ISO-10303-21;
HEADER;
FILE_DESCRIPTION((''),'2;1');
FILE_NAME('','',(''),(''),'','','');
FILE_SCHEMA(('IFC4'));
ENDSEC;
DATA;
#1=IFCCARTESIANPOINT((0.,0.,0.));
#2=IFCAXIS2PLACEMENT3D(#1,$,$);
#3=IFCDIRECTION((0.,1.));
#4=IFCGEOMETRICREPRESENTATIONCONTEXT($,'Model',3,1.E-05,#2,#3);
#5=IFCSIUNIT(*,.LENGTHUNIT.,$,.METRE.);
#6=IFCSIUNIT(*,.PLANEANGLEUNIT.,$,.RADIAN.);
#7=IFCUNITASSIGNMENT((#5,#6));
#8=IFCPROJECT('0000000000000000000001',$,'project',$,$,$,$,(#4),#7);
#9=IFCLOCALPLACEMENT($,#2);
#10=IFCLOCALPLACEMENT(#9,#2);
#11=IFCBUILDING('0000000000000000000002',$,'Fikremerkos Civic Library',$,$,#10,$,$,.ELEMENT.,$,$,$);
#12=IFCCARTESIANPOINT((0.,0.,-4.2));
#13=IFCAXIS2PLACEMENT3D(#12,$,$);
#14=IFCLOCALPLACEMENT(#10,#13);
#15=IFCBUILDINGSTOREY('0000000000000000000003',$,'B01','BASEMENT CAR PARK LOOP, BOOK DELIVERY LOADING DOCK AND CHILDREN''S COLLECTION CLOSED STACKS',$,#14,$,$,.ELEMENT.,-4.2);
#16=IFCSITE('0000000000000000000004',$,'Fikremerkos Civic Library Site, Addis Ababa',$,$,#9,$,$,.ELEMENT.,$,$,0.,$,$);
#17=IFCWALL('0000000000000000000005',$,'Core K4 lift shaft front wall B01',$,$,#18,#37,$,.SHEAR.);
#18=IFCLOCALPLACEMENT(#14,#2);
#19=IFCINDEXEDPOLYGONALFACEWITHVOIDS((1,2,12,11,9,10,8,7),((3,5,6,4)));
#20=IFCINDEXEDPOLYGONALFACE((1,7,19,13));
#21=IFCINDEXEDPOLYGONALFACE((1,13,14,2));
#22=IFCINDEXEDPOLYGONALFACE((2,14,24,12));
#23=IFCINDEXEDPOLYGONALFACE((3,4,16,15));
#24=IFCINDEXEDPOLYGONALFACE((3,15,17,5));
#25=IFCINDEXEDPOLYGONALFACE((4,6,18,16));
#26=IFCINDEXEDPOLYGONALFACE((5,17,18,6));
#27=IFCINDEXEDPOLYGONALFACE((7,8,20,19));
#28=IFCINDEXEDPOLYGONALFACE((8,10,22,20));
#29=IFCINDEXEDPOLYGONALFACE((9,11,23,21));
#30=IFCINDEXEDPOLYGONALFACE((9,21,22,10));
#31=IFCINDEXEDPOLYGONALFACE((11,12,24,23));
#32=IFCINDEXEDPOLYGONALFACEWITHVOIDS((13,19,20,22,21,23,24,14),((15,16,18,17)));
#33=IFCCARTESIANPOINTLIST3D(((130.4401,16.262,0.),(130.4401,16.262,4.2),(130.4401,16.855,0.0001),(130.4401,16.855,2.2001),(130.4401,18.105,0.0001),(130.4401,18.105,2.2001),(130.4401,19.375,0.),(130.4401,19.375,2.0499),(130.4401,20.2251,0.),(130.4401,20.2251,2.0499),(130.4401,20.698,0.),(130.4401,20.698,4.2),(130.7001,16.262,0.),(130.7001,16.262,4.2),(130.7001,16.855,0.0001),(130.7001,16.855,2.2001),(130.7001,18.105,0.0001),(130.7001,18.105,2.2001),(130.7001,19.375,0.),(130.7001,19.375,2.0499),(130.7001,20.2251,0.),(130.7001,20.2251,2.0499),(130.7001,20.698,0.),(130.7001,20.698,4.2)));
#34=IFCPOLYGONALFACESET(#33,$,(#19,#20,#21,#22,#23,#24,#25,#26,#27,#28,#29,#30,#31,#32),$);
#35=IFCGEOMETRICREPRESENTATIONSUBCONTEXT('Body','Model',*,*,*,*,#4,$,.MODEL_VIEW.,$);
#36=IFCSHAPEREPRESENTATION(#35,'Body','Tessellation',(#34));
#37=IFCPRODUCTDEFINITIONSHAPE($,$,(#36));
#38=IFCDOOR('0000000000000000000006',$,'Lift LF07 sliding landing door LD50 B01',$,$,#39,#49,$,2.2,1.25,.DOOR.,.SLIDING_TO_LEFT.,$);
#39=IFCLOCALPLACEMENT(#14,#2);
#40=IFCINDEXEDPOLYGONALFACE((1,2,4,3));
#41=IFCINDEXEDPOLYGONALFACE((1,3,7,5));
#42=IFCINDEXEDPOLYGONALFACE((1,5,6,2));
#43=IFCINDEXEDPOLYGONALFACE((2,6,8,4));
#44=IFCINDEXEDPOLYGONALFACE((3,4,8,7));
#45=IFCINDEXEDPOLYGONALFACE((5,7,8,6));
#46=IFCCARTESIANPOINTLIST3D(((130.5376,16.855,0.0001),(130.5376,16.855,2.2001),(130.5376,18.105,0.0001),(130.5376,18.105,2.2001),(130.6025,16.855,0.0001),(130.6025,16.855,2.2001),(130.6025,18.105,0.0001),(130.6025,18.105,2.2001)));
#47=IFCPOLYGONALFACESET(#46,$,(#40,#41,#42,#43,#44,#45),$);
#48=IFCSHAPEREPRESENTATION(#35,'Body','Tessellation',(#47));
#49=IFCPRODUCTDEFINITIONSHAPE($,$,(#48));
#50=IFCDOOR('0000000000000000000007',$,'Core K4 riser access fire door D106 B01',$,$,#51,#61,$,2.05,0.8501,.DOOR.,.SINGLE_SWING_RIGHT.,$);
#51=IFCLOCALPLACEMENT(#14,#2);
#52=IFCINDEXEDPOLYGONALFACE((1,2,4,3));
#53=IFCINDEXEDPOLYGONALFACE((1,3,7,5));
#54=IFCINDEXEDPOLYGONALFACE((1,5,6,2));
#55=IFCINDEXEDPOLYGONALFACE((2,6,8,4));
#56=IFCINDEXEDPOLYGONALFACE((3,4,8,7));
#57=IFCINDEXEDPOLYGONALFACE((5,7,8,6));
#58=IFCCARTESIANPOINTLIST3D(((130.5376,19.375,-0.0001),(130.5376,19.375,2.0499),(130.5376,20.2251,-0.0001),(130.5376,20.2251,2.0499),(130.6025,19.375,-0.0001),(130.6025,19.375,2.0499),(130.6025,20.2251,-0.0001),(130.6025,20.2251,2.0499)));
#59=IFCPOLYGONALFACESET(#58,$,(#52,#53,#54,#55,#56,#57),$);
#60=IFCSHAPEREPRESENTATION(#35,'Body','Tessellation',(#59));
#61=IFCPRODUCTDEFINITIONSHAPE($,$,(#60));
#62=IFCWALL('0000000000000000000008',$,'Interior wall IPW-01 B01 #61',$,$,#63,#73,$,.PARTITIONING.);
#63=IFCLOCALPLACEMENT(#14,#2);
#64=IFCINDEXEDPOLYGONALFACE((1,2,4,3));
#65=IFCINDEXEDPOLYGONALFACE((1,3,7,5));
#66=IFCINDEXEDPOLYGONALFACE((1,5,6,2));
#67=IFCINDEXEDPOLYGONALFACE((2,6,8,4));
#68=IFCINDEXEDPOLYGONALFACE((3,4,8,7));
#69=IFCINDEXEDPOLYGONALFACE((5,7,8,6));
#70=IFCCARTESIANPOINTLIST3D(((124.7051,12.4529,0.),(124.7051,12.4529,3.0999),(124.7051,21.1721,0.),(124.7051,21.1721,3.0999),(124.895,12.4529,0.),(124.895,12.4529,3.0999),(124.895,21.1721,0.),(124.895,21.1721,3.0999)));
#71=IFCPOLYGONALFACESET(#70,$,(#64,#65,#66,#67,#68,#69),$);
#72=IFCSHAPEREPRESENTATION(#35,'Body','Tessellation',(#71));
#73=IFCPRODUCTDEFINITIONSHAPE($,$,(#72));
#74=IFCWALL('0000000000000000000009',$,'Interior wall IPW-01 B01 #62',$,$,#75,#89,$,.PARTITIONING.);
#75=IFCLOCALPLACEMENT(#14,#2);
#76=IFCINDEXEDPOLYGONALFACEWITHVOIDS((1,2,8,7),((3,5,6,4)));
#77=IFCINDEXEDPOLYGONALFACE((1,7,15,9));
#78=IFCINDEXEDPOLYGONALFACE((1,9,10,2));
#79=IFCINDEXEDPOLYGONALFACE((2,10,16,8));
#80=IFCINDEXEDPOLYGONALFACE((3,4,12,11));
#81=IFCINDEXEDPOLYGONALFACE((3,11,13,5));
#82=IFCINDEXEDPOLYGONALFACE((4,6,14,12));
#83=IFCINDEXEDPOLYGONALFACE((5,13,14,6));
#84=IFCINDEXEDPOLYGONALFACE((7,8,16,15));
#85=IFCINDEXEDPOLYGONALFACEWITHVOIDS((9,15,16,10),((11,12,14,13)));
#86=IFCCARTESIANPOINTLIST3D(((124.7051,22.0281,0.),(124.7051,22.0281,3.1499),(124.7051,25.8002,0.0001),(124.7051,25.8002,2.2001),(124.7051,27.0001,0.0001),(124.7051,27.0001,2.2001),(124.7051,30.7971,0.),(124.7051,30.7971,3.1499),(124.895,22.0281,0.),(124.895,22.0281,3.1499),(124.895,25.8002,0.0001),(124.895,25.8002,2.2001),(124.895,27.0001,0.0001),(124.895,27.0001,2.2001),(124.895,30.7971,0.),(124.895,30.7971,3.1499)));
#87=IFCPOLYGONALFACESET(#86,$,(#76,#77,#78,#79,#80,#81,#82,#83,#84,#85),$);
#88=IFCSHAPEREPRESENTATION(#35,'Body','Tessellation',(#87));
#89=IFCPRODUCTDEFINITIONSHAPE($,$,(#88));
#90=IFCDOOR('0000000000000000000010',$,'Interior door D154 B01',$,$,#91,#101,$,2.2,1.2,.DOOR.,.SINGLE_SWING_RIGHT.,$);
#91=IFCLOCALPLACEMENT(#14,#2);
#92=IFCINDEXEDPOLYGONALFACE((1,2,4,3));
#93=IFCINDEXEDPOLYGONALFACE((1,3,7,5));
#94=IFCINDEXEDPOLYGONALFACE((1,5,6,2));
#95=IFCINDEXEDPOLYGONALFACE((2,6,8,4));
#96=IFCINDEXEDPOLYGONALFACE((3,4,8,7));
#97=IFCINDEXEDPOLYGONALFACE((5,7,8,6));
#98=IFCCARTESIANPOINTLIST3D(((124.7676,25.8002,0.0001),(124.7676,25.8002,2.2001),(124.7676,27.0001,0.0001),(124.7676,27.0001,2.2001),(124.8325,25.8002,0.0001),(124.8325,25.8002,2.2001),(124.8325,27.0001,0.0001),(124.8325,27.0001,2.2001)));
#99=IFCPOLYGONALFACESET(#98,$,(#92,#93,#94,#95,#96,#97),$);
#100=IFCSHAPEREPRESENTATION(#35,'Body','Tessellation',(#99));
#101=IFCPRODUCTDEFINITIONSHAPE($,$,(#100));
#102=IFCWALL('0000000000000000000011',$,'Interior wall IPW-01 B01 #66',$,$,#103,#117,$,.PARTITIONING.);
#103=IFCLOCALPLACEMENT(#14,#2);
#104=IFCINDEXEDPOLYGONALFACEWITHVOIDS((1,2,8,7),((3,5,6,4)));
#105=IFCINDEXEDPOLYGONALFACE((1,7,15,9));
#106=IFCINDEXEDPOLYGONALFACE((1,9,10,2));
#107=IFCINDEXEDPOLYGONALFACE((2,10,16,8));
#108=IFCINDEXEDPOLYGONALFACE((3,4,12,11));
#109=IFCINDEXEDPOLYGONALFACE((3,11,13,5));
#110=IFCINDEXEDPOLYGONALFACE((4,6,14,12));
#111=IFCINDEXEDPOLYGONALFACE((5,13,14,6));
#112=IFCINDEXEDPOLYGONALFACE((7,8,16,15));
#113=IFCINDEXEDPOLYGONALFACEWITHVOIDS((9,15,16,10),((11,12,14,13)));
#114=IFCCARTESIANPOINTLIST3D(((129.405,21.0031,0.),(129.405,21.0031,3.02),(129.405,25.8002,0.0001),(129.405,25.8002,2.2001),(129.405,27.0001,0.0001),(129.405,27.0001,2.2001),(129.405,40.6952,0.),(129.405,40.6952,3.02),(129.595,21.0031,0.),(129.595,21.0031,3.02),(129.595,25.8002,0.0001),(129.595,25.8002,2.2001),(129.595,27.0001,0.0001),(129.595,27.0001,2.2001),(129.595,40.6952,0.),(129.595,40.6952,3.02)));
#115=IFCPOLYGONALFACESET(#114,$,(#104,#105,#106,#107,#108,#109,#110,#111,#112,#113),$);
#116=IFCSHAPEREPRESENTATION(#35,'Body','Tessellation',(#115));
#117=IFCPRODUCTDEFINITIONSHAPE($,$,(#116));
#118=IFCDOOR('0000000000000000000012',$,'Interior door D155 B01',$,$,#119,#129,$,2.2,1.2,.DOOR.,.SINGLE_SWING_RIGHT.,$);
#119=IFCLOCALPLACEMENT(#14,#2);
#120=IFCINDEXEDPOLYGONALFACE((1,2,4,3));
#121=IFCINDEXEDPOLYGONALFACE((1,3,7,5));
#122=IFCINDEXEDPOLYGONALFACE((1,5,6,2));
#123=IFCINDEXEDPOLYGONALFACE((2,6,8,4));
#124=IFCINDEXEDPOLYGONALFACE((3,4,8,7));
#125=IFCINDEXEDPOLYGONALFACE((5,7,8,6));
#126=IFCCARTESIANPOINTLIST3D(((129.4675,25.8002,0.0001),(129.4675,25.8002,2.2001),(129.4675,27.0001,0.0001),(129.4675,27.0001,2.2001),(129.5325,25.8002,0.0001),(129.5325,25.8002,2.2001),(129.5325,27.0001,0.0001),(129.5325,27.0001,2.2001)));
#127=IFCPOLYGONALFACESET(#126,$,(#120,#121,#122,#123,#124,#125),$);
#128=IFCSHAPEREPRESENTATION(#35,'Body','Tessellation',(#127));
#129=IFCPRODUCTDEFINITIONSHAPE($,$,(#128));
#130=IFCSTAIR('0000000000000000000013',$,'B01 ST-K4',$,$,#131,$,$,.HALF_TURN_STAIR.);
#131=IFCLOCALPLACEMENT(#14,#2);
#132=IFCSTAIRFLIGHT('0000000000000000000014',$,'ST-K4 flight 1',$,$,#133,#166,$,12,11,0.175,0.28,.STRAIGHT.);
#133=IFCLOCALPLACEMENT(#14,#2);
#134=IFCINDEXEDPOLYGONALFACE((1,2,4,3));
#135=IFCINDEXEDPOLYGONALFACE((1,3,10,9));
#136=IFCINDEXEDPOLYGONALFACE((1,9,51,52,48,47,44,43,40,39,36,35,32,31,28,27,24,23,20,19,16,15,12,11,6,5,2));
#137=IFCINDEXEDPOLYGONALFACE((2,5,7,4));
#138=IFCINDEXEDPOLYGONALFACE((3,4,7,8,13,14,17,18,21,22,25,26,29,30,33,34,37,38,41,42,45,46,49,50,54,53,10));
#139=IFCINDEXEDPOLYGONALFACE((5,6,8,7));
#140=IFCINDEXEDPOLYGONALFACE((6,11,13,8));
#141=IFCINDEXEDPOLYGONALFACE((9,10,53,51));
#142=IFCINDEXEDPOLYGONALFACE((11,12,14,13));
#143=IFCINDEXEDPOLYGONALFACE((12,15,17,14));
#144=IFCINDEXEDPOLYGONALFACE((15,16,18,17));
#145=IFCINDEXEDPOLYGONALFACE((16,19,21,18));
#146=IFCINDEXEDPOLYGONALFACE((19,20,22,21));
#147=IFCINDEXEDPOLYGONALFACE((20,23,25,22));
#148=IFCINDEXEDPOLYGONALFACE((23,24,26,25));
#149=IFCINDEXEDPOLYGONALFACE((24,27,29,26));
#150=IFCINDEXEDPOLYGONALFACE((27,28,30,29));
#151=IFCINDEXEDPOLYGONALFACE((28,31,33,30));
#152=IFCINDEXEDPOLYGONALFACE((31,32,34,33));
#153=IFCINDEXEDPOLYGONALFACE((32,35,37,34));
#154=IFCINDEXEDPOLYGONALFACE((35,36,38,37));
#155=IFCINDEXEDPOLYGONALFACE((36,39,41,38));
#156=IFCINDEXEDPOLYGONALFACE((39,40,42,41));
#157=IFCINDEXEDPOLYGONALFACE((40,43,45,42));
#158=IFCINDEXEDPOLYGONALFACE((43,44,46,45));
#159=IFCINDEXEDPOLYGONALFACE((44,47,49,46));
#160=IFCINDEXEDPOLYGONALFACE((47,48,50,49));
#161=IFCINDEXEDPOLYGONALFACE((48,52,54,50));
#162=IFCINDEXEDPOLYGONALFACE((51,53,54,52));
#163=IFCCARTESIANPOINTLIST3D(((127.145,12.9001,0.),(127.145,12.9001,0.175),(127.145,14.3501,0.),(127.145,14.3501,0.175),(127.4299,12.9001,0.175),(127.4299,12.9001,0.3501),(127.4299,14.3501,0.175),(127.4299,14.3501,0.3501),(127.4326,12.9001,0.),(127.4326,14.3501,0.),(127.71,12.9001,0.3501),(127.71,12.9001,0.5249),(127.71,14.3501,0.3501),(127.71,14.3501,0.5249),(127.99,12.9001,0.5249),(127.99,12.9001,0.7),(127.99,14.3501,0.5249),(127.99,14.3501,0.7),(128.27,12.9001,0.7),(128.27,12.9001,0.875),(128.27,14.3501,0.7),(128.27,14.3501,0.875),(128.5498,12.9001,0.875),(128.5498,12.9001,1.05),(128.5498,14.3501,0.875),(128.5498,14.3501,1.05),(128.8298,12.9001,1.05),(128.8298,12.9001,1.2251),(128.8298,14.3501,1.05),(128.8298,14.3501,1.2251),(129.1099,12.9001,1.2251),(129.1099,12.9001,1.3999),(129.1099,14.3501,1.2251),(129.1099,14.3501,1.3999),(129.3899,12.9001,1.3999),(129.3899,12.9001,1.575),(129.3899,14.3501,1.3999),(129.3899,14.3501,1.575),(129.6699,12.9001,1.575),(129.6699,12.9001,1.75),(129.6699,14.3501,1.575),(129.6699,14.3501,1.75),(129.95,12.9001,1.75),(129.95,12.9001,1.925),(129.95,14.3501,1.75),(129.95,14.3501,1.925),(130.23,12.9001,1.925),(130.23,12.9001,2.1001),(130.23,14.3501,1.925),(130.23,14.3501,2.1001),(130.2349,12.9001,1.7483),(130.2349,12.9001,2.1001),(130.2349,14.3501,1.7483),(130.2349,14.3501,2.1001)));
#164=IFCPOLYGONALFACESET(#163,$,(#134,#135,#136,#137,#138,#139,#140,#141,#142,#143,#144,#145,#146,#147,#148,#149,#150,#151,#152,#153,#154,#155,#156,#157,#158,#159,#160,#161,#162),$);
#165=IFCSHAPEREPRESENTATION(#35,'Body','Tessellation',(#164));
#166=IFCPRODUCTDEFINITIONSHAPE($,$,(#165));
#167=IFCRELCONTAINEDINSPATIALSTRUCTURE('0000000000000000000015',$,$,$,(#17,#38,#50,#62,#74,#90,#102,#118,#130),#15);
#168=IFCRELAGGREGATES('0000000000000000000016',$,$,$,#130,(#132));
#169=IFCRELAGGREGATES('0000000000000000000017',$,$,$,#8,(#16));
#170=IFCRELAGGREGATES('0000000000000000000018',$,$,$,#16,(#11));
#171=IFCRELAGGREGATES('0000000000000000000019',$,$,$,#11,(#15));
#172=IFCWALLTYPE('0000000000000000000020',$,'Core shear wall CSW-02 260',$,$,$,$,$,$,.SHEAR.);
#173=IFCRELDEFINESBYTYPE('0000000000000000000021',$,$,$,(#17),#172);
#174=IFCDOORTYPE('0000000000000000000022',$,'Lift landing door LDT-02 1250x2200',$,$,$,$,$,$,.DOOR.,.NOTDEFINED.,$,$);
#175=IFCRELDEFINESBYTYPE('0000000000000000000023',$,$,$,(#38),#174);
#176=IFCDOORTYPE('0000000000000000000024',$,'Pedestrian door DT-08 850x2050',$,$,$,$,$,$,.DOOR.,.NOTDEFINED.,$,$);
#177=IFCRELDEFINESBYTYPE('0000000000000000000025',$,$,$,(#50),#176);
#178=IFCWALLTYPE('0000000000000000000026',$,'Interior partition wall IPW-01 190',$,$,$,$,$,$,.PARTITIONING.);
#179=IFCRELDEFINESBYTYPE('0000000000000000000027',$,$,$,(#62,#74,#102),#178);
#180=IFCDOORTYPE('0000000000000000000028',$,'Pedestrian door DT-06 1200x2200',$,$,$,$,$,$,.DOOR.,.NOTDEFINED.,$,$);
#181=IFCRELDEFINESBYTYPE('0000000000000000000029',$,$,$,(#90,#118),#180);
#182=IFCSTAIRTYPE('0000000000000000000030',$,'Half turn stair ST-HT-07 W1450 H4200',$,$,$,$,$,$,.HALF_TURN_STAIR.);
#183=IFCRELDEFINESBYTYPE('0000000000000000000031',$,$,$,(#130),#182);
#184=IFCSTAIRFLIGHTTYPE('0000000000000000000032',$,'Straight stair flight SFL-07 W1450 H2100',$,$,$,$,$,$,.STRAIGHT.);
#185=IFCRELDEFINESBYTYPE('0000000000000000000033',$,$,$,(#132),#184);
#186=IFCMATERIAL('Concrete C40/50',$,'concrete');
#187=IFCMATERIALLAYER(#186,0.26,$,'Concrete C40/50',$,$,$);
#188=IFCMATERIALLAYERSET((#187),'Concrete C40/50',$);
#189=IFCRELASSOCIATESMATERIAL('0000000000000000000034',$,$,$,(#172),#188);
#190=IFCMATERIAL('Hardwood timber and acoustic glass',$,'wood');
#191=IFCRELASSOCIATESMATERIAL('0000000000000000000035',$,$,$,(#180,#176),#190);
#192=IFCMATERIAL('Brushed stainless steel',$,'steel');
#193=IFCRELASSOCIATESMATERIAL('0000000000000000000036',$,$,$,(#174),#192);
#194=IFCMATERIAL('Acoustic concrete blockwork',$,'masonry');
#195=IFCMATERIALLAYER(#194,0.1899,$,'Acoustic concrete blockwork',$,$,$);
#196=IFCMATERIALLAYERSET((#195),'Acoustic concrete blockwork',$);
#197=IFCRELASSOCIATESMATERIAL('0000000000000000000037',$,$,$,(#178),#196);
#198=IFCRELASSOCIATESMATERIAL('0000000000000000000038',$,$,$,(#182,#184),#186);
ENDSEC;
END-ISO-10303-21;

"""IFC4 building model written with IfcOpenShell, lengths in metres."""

from ifc_helpers import new_model, si_unit, direction, frame, frame_2d, origin, place, context, subcontext, project, spatial, polyline, rectangle, outline, extrude, material, layer, layer_set, type_object, element, fill, aggregate, save


model = new_model("IFC4")

# Units and contexts
model_context = context("Model", 3, precision=1e-05, world=origin(), true_north=direction((0.0, 1.0)))
body_context = subcontext(model_context, "Body", "Model", "MODEL_VIEW")
ifc_project = project(units=[si_unit("LENGTHUNIT", "METRE"), si_unit("PLANEANGLEUNIT", "RADIAN")], contexts=[model_context])

# Site, building, storey
site_placement = place(None, origin())
site = spatial("IfcSite", under=ifc_project, at=site_placement, Name="Fikremerkos Civic Library Site, Addis Ababa", CompositionType="ELEMENT", RefElevation=0.0)
building_placement = place(site_placement, origin())
building = spatial("IfcBuilding", under=site, at=building_placement, Name="Fikremerkos Civic Library", CompositionType="ELEMENT")
storey_placement = place(building_placement, frame((0.0, 0.0, -4.2)))
storey = spatial("IfcBuildingStorey", under=building, at=storey_placement, Name="B01", Description="BASEMENT CAR PARK LOOP, BOOK DELIVERY LOADING DOCK AND CHILDREN'S COLLECTION CLOSED STACKS", CompositionType="ELEMENT", Elevation=-4.2)

# Shared definitions
ifc_material_1 = material(Name="Concrete C40/50", Category="concrete")

# Shared definitions
ifc_material_2 = material(Name="Hardwood timber and acoustic glass", Category="wood")

# Shared definitions
ifc_layer_1 = layer(ifc_material_1, 0.26, Name="Concrete C40/50")
ifc_layer_set_1 = layer_set([ifc_layer_1], Name="Concrete C40/50")
wall_type_1 = type_object("IfcWallType", Name="Core shear wall CSW-02 260", PredefinedType="SHEAR", material=ifc_layer_set_1)
door_type_1 = type_object("IfcDoorType", Name="Pedestrian door DT-06 1200x2200", OperationType="NOTDEFINED", PredefinedType="DOOR", material=ifc_material_2)

# Wall, openings, doors
wall_1_placement = place(storey_placement, frame((130.5701, 16.262, 0.0), z_axis=(0.0, 0.0, 1.0), x_axis=(0.0, 1.0, 0.0)))
wall_1 = element("IfcWall", 1, at=wall_1_placement, inside=storey, type_object=wall_type_1, Name="Core K4 lift shaft front wall B01", PredefinedType="SHEAR", context=body_context, shape_type="SweptSolid", body=[
    extrude(rectangle(XDim=4.436, YDim=0.26, at=frame_2d((2.218, 0.0))), origin(), (0.0, 0.0, 1.0), 4.2),
])
opening_1_placement = place(wall_1_placement, frame((3.113, 0.0, 0.0)))
opening_1 = element("IfcOpeningElement", 2, at=opening_1_placement, cuts=wall_1, PredefinedType="OPENING", context=body_context, shape_type="SweptSolid", body=[
    extrude(rectangle(XDim=0.8501, YDim=2.05, at=frame_2d((0.425, 1.0249))), frame((0.0, 0.1399, 0.0), z_axis=(0.0, -1.0, 0.0), x_axis=(1.0, 0.0, 0.0)), (0.0, 0.0, 1.0), 0.28),
])
opening_2_placement = place(wall_1_placement, frame((0.593, 0.0, 0.0)))
opening_2 = element("IfcOpeningElement", 3, at=opening_2_placement, cuts=wall_1, PredefinedType="OPENING", context=body_context, shape_type="SweptSolid", body=[
    extrude(rectangle(XDim=1.25, YDim=2.2, at=frame_2d((0.625, 1.1001))), frame((0.0, 0.1399, 0.0), z_axis=(0.0, -1.0, 0.0), x_axis=(1.0, 0.0, 0.0)), (0.0, 0.0, 1.0), 0.28),
])
ifc_material_3 = material(Name="Brushed stainless steel", Category="steel")
door_type_2 = type_object("IfcDoorType", Name="Lift landing door LDT-02 1250x2200", OperationType="NOTDEFINED", PredefinedType="DOOR", material=ifc_material_3)
door_1_placement = place(opening_2_placement, origin())
door_1 = element("IfcDoor", 4, at=door_1_placement, inside=storey, type_object=door_type_2, Name="Lift LF07 sliding landing door LD50 B01", OperationType="SLIDING_TO_LEFT", OverallHeight=2.2, OverallWidth=1.25, PredefinedType="DOOR", context=body_context, shape_type="SweptSolid", body=[
    extrude(rectangle(XDim=1.25, YDim=2.2, at=frame_2d((0.625, 1.1001))), frame((0.0, 0.0325, 0.0), z_axis=(0.0, -1.0, 0.0), x_axis=(1.0, 0.0, 0.0)), (0.0, 0.0, 1.0), 0.0649),
])
fill(opening_2, door_1)
door_type_3 = type_object("IfcDoorType", Name="Pedestrian door DT-08 850x2050", OperationType="NOTDEFINED", PredefinedType="DOOR", material=ifc_material_2)
door_2_placement = place(opening_1_placement, origin())
door_2 = element("IfcDoor", 5, at=door_2_placement, inside=storey, type_object=door_type_3, Name="Core K4 riser access fire door D106 B01", OperationType="SINGLE_SWING_RIGHT", OverallHeight=2.05, OverallWidth=0.8501, PredefinedType="DOOR", context=body_context, shape_type="SweptSolid", body=[
    extrude(rectangle(XDim=0.8501, YDim=2.05, at=frame_2d((0.425, 1.0249))), frame((0.0, 0.0325, 0.0), z_axis=(0.0, -1.0, 0.0), x_axis=(1.0, 0.0, 0.0)), (0.0, 0.0, 1.0), 0.0649),
])
fill(opening_1, door_2)

# Wall
ifc_material_4 = material(Name="Acoustic concrete blockwork", Category="masonry")
ifc_layer_2 = layer(ifc_material_4, 0.1899, Name="Acoustic concrete blockwork")
ifc_layer_set_2 = layer_set([ifc_layer_2], Name="Acoustic concrete blockwork")
wall_type_2 = type_object("IfcWallType", Name="Interior partition wall IPW-01 190", PredefinedType="PARTITIONING", material=ifc_layer_set_2)
wall_2_placement = place(storey_placement, frame((124.8, 12.4529, 0.0), z_axis=(0.0, 0.0, 1.0), x_axis=(0.0, 1.0, 0.0)))
element("IfcWall", 6, at=wall_2_placement, inside=storey, type_object=wall_type_2, Name="Interior wall IPW-01 B01 #61", PredefinedType="PARTITIONING", context=body_context, shape_type="SweptSolid", body=[
    extrude(rectangle(XDim=8.7192, YDim=0.1899, at=frame_2d((4.3596, 0.0))), origin(), (0.0, 0.0, 1.0), 3.0999),
])

# Walls, openings, doors
wall_3_placement = place(storey_placement, frame((124.8, 22.0281, 0.0), z_axis=(0.0, 0.0, 1.0), x_axis=(0.0, 1.0, 0.0)))
wall_3 = element("IfcWall", 7, at=wall_3_placement, inside=storey, type_object=wall_type_2, Name="Interior wall IPW-01 B01 #62", PredefinedType="PARTITIONING", context=body_context, shape_type="SweptSolid", body=[
    extrude(rectangle(XDim=8.769, YDim=0.1899, at=frame_2d((4.3845, 0.0))), origin(), (0.0, 0.0, 1.0), 3.1499),
])
opening_3_placement = place(wall_3_placement, frame((3.772, 0.0, 0.0)))
opening_3 = element("IfcOpeningElement", 8, at=opening_3_placement, cuts=wall_3, PredefinedType="OPENING", context=body_context, shape_type="SweptSolid", body=[
    extrude(rectangle(XDim=1.2, YDim=2.2, at=frame_2d((0.6001, 1.1001))), frame((0.0, 0.105, 0.0), z_axis=(0.0, -1.0, 0.0), x_axis=(1.0, 0.0, 0.0)), (0.0, 0.0, 1.0), 0.21),
])
door_3_placement = place(opening_3_placement, origin())
door_3 = element("IfcDoor", 9, at=door_3_placement, inside=storey, type_object=door_type_1, Name="Interior door D154 B01", OperationType="SINGLE_SWING_RIGHT", OverallHeight=2.2, OverallWidth=1.2, PredefinedType="DOOR", context=body_context, shape_type="SweptSolid", body=[
    extrude(rectangle(XDim=1.2, YDim=2.2, at=frame_2d((0.6001, 1.1001))), frame((0.0, 0.0325, 0.0), z_axis=(0.0, -1.0, 0.0), x_axis=(1.0, 0.0, 0.0)), (0.0, 0.0, 1.0), 0.0649),
])
fill(opening_3, door_3)
wall_4_placement = place(storey_placement, frame((129.5, 21.0029, 0.0), z_axis=(0.0, 0.0, 1.0), x_axis=(0.0, 1.0, 0.0)))
wall_4 = element("IfcWall", 10, at=wall_4_placement, inside=storey, type_object=wall_type_2, Name="Interior wall IPW-01 B01 #66", PredefinedType="PARTITIONING", context=body_context, shape_type="SweptSolid", body=[
    extrude(rectangle(XDim=19.6921, YDim=0.1899, at=frame_2d((9.8462, 0.0))), origin(), (0.0, 0.0, 1.0), 3.02),
])
opening_4_placement = place(wall_4_placement, frame((4.7971, 0.0, 0.0)))
opening_4 = element("IfcOpeningElement", 11, at=opening_4_placement, cuts=wall_4, PredefinedType="OPENING", context=body_context, shape_type="SweptSolid", body=[
    extrude(rectangle(XDim=1.2, YDim=2.2, at=frame_2d((0.6001, 1.1001))), frame((0.0, 0.105, 0.0), z_axis=(0.0, -1.0, 0.0), x_axis=(1.0, 0.0, 0.0)), (0.0, 0.0, 1.0), 0.21),
])
door_4_placement = place(opening_4_placement, origin())
door_4 = element("IfcDoor", 12, at=door_4_placement, inside=storey, type_object=door_type_1, Name="Interior door D155 B01", OperationType="SINGLE_SWING_RIGHT", OverallHeight=2.2, OverallWidth=1.2, PredefinedType="DOOR", context=body_context, shape_type="SweptSolid", body=[
    extrude(rectangle(XDim=1.2, YDim=2.2, at=frame_2d((0.6001, 1.1001))), frame((0.0, 0.0325, 0.0), z_axis=(0.0, -1.0, 0.0), x_axis=(1.0, 0.0, 0.0)), (0.0, 0.0, 1.0), 0.0649),
])
fill(opening_4, door_4)

# Stair, stair flight
stair_type = type_object("IfcStairType", Name="Half turn stair ST-HT-07 W1450 H4200", PredefinedType="HALF_TURN_STAIR", material=ifc_material_1)
stair_placement = place(storey_placement, origin())
stair = element("IfcStair", 13, at=stair_placement, inside=storey, type_object=stair_type, Name="B01 ST-K4", PredefinedType="HALF_TURN_STAIR")
stair_flight_type = type_object("IfcStairFlightType", Name="Straight stair flight SFL-07 W1450 H2100", PredefinedType="STRAIGHT", material=ifc_material_1)
stair_flight_1_placement = place(storey_placement, frame((127.1499, 13.625, 0.0), z_axis=(0.0, 0.0, 1.0), x_axis=(1.0, 0.0, 0.0)))
stair_flight_1 = element("IfcStairFlight", 14, at=stair_flight_1_placement, type_object=stair_flight_type, Name="ST-K4 flight 1", NumberOfRisers=12, NumberOfTreads=11, PredefinedType="STRAIGHT", RiserHeight=0.175, TreadLength=0.28, context=body_context, shape_type="SweptSolid", body=[
    extrude(outline(polyline([(-0.0049, 0.0), (-0.0049, 0.175), (0.28, 0.175), (0.28, 0.3501), (0.5601, 0.3501), (0.5601, 0.5249), (0.8401, 0.5249), (0.8401, 0.7), (1.1201, 0.7), (1.1201, 0.875), (1.3999, 0.875), (1.3999, 1.05), (1.6799, 1.05), (1.6799, 1.2251), (1.96, 1.2251), (1.96, 1.3999), (2.24, 1.3999), (2.24, 1.575), (2.52, 1.575), (2.52, 1.75), (2.8, 1.75), (2.8, 1.925), (3.0801, 1.925), (3.0801, 2.1001), (3.085, 2.1001), (3.085, 1.7483), (0.2827, 0.0), (-0.0049, 0.0)])), frame((0.0, 0.7251, 0.0), z_axis=(0.0, -1.0, 0.0), x_axis=(1.0, 0.0, 0.0)), (0.0, 0.0, 1.0), 1.45),
])
aggregate(stair, [stair_flight_1])

save(model, "model.ifc")
